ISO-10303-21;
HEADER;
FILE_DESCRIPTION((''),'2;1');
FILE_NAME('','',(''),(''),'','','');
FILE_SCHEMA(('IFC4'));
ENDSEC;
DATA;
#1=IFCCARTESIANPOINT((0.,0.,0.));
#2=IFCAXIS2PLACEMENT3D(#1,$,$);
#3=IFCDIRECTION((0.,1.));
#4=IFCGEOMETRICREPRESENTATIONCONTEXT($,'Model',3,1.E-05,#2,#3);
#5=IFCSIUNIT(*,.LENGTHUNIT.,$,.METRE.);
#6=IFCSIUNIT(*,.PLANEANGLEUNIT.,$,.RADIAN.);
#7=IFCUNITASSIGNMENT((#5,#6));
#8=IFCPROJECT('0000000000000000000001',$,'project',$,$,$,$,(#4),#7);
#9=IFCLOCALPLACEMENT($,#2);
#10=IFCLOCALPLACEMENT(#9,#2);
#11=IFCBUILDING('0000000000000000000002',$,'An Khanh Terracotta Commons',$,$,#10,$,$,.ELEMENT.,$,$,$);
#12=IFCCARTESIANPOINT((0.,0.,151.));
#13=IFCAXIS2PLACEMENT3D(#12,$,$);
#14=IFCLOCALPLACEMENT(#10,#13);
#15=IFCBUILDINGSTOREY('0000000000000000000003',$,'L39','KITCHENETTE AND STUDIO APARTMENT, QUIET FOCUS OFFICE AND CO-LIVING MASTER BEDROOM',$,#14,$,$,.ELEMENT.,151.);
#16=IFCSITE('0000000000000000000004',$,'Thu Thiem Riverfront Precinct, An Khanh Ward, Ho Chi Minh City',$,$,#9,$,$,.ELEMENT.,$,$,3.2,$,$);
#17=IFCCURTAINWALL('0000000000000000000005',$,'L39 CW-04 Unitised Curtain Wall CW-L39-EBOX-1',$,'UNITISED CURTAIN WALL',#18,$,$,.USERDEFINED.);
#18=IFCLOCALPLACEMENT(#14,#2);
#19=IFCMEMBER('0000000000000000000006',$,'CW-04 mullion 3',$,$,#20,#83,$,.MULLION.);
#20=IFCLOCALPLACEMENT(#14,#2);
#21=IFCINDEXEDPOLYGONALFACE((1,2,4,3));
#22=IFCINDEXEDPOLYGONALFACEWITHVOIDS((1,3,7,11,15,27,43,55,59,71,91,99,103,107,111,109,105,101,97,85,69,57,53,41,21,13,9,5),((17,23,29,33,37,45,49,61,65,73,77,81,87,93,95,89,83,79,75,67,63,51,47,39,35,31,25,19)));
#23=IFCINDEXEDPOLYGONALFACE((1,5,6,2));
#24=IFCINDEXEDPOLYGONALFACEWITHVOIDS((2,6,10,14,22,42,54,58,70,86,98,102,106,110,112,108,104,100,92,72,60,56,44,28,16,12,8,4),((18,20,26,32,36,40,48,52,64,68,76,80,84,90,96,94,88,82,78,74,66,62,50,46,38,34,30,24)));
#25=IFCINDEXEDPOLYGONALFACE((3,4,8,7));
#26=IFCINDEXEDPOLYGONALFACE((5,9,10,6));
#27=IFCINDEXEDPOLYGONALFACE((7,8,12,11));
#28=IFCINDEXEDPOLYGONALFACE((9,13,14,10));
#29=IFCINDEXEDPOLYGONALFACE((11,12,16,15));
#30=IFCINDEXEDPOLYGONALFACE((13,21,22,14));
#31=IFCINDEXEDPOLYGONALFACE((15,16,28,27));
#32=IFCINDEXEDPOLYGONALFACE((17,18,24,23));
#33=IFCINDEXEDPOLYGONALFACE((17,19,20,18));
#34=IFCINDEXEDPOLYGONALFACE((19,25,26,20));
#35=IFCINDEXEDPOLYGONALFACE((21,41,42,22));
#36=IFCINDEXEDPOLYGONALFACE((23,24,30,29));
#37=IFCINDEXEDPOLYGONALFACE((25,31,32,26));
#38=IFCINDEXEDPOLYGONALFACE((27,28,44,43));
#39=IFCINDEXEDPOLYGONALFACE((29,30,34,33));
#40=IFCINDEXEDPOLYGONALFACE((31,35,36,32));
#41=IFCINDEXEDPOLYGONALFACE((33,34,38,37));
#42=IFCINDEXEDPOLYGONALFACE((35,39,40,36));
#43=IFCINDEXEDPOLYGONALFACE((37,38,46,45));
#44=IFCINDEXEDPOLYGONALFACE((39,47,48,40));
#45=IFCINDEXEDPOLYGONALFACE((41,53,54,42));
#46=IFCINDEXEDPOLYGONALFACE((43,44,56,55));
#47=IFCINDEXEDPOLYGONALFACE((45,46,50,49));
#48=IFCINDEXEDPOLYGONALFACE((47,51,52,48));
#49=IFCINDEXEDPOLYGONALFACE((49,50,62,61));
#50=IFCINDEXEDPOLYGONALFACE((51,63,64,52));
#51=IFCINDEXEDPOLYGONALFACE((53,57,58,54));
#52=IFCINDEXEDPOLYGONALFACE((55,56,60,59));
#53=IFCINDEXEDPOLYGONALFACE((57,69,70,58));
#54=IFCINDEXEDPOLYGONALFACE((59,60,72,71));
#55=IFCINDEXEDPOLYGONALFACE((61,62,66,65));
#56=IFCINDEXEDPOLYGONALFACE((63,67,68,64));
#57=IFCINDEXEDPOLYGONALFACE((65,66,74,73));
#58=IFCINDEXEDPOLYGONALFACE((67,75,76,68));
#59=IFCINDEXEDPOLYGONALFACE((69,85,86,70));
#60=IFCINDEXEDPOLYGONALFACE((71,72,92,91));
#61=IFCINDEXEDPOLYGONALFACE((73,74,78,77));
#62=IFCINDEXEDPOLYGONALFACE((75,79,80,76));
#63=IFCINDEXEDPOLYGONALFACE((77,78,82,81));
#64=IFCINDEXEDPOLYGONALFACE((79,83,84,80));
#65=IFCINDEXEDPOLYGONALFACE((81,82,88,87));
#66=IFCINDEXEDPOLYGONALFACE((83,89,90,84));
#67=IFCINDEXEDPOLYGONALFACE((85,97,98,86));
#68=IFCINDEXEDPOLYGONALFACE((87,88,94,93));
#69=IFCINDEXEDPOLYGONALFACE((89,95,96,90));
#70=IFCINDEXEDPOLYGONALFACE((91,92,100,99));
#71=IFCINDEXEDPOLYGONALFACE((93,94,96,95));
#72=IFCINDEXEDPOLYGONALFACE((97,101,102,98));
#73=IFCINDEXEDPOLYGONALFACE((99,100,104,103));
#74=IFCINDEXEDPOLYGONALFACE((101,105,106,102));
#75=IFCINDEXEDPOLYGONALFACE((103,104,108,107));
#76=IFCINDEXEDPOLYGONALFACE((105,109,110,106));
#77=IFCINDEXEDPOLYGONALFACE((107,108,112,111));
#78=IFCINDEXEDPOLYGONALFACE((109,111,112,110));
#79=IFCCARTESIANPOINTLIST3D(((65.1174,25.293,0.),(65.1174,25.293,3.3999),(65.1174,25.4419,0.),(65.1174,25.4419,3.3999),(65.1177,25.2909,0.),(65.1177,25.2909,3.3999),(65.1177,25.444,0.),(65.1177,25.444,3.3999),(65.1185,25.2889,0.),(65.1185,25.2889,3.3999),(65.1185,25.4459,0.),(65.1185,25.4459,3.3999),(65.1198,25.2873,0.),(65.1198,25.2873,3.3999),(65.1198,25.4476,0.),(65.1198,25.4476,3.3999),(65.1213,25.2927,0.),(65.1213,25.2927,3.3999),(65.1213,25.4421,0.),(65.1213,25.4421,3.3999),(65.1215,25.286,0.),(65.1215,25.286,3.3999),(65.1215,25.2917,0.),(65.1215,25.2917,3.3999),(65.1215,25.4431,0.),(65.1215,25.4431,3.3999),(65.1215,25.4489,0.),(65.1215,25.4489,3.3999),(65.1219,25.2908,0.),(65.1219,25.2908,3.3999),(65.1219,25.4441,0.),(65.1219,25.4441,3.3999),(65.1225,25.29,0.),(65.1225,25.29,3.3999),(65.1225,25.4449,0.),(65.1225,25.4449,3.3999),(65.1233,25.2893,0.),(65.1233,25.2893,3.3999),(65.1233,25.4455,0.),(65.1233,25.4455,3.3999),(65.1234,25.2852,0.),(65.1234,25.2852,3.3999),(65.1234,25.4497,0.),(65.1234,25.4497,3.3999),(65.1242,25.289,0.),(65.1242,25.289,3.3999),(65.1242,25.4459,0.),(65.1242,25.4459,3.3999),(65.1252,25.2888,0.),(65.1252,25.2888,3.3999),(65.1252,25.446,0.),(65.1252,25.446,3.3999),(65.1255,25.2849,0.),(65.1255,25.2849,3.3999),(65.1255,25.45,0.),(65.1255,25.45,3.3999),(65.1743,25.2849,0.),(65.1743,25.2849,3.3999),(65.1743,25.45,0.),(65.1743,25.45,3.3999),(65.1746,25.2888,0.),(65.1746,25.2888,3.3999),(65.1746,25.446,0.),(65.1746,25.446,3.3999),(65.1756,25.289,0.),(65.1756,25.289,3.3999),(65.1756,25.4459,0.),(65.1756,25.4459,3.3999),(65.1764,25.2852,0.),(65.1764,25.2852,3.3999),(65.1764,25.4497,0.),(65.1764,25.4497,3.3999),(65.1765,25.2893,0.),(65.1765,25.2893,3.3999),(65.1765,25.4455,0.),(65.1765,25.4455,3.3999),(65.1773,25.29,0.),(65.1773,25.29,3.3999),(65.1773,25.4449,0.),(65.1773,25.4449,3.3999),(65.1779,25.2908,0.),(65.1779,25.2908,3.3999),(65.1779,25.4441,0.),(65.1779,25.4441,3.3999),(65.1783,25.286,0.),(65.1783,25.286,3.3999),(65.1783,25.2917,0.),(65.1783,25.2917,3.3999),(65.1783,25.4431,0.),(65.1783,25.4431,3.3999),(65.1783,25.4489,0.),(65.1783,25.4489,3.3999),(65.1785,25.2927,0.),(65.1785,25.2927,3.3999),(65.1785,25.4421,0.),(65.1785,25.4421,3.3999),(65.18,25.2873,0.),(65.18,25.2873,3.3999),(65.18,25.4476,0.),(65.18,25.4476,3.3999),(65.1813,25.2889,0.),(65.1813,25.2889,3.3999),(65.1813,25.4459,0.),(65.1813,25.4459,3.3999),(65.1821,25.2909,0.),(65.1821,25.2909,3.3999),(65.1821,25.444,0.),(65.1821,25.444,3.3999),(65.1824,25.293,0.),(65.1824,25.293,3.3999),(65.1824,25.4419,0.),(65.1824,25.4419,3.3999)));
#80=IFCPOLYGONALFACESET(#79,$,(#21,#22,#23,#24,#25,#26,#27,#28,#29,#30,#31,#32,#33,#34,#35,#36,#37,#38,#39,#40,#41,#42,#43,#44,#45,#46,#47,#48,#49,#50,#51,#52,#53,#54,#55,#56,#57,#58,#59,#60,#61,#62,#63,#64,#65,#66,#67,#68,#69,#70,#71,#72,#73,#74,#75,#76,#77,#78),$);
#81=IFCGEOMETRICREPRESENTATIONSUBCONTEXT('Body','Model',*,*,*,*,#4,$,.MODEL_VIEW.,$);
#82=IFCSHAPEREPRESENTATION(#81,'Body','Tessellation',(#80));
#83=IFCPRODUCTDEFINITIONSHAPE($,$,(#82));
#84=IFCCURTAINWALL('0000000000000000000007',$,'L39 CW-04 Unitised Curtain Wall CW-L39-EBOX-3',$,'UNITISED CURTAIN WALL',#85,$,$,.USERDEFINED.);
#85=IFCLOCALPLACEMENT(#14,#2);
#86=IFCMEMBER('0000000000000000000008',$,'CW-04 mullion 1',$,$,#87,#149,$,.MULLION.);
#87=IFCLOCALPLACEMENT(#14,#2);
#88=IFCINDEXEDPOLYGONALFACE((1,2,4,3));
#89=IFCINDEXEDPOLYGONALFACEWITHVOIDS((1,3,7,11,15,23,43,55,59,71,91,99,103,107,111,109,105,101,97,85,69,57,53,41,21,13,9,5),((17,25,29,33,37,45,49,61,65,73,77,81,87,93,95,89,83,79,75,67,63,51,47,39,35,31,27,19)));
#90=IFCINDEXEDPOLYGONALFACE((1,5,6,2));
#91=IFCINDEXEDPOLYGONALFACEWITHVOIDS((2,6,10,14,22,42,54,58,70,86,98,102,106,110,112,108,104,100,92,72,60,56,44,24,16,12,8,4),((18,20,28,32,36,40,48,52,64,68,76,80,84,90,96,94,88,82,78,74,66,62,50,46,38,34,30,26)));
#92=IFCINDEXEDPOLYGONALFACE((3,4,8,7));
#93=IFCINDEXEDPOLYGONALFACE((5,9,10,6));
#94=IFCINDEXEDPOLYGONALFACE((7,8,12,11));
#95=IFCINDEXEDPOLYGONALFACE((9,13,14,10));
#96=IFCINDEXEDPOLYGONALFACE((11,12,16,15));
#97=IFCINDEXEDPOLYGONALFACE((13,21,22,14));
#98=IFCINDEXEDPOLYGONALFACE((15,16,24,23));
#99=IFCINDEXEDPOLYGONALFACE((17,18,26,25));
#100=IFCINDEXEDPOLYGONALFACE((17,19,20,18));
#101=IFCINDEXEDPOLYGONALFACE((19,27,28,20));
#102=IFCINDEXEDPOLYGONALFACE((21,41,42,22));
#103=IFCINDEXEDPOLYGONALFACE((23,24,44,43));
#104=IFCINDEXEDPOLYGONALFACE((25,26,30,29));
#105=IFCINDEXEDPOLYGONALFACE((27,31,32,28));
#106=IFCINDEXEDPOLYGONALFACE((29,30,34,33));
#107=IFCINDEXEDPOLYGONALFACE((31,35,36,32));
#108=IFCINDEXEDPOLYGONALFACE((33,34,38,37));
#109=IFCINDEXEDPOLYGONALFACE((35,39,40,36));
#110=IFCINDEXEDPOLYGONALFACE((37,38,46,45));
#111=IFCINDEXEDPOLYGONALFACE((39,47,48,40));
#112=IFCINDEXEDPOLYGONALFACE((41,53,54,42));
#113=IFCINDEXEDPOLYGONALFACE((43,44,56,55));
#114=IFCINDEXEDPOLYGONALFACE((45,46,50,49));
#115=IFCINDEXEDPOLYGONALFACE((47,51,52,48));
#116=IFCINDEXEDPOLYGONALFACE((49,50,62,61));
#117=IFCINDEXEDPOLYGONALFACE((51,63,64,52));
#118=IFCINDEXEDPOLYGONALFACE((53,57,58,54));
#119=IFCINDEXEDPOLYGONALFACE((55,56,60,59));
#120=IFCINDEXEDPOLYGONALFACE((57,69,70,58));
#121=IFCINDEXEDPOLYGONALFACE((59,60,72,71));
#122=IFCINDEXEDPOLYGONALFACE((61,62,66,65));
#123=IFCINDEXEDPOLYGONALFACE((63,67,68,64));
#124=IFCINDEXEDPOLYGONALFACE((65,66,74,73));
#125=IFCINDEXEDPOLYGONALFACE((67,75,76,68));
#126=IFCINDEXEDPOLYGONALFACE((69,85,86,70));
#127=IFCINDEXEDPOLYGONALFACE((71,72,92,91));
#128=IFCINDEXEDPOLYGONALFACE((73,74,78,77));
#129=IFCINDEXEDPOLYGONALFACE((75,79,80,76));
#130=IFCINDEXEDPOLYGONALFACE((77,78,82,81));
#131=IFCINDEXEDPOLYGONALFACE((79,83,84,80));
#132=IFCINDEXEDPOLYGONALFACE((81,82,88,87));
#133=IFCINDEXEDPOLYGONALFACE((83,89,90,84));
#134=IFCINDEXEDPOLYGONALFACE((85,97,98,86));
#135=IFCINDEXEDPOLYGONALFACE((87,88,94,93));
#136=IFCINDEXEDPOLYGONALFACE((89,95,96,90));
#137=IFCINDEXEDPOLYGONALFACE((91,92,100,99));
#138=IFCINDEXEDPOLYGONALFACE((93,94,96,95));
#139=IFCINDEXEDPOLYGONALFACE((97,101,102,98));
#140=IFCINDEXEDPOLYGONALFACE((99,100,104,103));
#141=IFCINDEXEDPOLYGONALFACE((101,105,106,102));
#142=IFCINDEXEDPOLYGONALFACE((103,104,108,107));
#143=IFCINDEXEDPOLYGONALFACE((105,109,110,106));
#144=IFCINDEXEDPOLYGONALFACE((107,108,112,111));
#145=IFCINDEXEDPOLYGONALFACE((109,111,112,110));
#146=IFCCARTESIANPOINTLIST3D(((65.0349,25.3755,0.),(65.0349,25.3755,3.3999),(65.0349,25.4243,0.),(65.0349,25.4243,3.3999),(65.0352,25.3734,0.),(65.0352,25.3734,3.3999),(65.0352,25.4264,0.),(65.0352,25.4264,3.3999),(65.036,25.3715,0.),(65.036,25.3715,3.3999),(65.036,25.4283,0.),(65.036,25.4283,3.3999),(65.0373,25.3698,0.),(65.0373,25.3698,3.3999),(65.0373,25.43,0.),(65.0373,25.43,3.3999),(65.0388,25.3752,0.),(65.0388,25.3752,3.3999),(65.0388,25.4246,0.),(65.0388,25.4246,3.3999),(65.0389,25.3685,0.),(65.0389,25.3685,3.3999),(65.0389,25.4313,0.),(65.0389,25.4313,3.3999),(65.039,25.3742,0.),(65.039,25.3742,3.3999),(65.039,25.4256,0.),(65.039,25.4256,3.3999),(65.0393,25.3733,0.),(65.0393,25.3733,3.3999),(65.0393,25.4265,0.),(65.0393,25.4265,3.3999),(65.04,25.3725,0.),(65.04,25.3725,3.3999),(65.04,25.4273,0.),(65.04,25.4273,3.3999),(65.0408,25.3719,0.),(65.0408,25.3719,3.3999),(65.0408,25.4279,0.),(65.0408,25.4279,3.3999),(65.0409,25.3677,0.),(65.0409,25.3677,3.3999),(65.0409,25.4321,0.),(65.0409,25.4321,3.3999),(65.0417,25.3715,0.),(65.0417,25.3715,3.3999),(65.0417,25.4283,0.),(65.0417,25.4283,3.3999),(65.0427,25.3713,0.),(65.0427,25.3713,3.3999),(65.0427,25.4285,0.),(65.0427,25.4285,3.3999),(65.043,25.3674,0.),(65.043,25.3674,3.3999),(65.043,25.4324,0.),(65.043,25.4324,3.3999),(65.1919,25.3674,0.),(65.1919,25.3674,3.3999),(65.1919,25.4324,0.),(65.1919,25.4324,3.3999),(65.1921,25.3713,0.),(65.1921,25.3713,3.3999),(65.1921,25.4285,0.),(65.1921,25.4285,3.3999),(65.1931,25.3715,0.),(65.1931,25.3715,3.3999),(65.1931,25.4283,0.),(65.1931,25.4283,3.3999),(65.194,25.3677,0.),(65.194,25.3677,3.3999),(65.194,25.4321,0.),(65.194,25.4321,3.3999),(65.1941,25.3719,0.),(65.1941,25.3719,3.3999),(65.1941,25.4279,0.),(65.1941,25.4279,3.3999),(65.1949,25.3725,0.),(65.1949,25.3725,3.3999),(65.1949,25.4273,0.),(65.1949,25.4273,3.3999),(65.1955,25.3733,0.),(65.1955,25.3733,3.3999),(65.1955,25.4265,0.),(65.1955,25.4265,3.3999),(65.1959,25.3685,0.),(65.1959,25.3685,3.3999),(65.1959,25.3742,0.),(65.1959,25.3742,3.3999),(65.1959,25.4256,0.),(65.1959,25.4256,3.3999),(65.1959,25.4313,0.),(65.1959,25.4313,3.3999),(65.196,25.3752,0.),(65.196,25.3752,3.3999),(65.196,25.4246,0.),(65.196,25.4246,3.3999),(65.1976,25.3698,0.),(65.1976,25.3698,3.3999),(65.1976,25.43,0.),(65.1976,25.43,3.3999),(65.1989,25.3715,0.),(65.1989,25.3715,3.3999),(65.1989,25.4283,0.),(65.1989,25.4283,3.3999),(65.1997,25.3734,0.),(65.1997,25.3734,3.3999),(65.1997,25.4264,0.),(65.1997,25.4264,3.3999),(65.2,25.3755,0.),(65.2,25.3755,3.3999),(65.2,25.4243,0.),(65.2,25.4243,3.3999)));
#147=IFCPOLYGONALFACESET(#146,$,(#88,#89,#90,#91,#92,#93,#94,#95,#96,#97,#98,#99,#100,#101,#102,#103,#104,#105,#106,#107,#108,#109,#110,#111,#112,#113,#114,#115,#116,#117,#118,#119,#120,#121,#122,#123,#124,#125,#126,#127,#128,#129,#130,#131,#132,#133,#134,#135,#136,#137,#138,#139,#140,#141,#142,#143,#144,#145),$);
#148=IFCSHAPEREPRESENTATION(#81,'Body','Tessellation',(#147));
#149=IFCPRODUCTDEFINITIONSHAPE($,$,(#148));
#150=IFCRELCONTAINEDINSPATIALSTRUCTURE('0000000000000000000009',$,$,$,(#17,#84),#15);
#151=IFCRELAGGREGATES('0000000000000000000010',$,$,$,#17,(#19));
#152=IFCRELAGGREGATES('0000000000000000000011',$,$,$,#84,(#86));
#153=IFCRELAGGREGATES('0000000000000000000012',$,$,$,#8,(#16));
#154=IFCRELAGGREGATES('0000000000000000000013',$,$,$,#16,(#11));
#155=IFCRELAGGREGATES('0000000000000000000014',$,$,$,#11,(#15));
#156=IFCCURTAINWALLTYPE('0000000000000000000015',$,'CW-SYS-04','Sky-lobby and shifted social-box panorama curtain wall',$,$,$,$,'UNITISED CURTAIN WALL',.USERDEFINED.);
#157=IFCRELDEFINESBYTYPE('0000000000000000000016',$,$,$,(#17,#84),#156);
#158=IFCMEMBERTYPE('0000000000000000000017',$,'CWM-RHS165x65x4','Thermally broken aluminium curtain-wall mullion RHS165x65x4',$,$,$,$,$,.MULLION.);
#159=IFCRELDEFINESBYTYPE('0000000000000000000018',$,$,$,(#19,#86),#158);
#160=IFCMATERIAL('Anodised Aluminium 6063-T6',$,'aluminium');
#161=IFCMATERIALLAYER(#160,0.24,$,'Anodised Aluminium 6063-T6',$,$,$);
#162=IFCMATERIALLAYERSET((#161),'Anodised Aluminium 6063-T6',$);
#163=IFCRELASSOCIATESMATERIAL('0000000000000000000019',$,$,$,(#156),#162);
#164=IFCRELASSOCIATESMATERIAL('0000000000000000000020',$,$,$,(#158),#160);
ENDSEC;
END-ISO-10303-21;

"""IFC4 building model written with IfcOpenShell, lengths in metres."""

from ifc_helpers import new_model, si_unit, direction, frame, origin, origin_2d, place, context, subcontext, project, spatial, hollow_rectangle, extrude, material, layer, layer_set, material_profile, profile_set, type_object, element, aggregate, save


model = new_model("IFC4")

# Units and contexts
model_context = context("Model", 3, precision=1e-05, world=origin(), true_north=direction((0.0, 1.0)))
body_context = subcontext(model_context, "Body", "Model", "MODEL_VIEW")
ifc_project = project(units=[si_unit("LENGTHUNIT", "METRE"), si_unit("PLANEANGLEUNIT", "RADIAN")], contexts=[model_context])

# Site, building, storey
site_placement = place(None, origin())
site = spatial("IfcSite", under=ifc_project, at=site_placement, Name="Thu Thiem Riverfront Precinct, An Khanh Ward, Ho Chi Minh City", CompositionType="ELEMENT", RefElevation=3.2)
building_placement = place(site_placement, origin())
building = spatial("IfcBuilding", under=site, at=building_placement, Name="An Khanh Terracotta Commons", CompositionType="ELEMENT")
storey_placement = place(building_placement, frame((0.0, 0.0, 151.0)))
storey = spatial("IfcBuildingStorey", under=building, at=storey_placement, Name="L39", Description="KITCHENETTE AND STUDIO APARTMENT, QUIET FOCUS OFFICE AND CO-LIVING MASTER BEDROOM", CompositionType="ELEMENT", Elevation=151.0)

# Curtain wall, member
ifc_material_1 = material(Name="Anodised Aluminium 6063-T6", Category="aluminium")
ifc_layer_1 = layer(ifc_material_1, 0.24, Name="Anodised Aluminium 6063-T6")
ifc_layer_set_1 = layer_set([ifc_layer_1], Name="Anodised Aluminium 6063-T6")
curtain_wall_type_1 = type_object("IfcCurtainWallType", Name="CW-SYS-04", Description="Sky-lobby and shifted social-box panorama curtain wall", ElementType="UNITISED CURTAIN WALL", PredefinedType="USERDEFINED", material=ifc_layer_set_1)
curtain_wall_1_placement = place(storey_placement, origin())
curtain_wall_1 = element("IfcCurtainWall", 1, at=curtain_wall_1_placement, inside=storey, type_object=curtain_wall_type_1, Name="L39 CW-04 Unitised Curtain Wall CW-L39-EBOX-1", ObjectType="UNITISED CURTAIN WALL", PredefinedType="USERDEFINED")
ifc_material_profile_1 = material_profile(ifc_material_1, hollow_rectangle(XDim=0.0649, YDim=0.165, WallThickness=0.0039, InnerFilletRadius=0.0039, OuterFilletRadius=0.0081, at=origin_2d()), Name="RHS165x65x4")
ifc_profile_set_1 = profile_set([ifc_material_profile_1], Name="Anodised Aluminium 6063-T6")
member_type_1 = type_object("IfcMemberType", Name="CWM-RHS165x65x4", Description="Thermally broken aluminium curtain-wall mullion RHS165x65x4", PredefinedType="MULLION", material=ifc_profile_set_1)
member_1_placement = place(storey_placement, frame((65.1499, 25.3674, 0.0), z_axis=(0.0, 0.0, 1.0), x_axis=(-1.0, 0.0, 0.0)))
member_1 = element("IfcMember", 2, at=member_1_placement, type_object=member_type_1, Name="CW-04 mullion 3", PredefinedType="MULLION", context=body_context, shape_type="SweptSolid", body=[
    extrude(hollow_rectangle(XDim=0.0649, YDim=0.165, WallThickness=0.0039, InnerFilletRadius=0.0039, OuterFilletRadius=0.0081, at=origin_2d()), origin(), (0.0, 0.0, 1.0), 3.3999),
])

# Curtain wall, member
curtain_wall_2_placement = place(storey_placement, origin())
curtain_wall_2 = element("IfcCurtainWall", 3, at=curtain_wall_2_placement, inside=storey, type_object=curtain_wall_type_1, Name="L39 CW-04 Unitised Curtain Wall CW-L39-EBOX-3", ObjectType="UNITISED CURTAIN WALL", PredefinedType="USERDEFINED")
member_2_placement = place(storey_placement, frame((65.1174, 25.3999, 0.0), z_axis=(0.0, 0.0, 1.0), x_axis=(0.0, -1.0, 0.0)))
member_2 = element("IfcMember", 4, at=member_2_placement, type_object=member_type_1, Name="CW-04 mullion 1", PredefinedType="MULLION", context=body_context, shape_type="SweptSolid", body=[
    extrude(hollow_rectangle(XDim=0.0649, YDim=0.165, WallThickness=0.0039, InnerFilletRadius=0.0039, OuterFilletRadius=0.0081, at=origin_2d()), origin(), (0.0, 0.0, 1.0), 3.3999),
])

aggregate(curtain_wall_1, [member_1])
aggregate(curtain_wall_2, [member_2])

save(model, "model.ifc")
